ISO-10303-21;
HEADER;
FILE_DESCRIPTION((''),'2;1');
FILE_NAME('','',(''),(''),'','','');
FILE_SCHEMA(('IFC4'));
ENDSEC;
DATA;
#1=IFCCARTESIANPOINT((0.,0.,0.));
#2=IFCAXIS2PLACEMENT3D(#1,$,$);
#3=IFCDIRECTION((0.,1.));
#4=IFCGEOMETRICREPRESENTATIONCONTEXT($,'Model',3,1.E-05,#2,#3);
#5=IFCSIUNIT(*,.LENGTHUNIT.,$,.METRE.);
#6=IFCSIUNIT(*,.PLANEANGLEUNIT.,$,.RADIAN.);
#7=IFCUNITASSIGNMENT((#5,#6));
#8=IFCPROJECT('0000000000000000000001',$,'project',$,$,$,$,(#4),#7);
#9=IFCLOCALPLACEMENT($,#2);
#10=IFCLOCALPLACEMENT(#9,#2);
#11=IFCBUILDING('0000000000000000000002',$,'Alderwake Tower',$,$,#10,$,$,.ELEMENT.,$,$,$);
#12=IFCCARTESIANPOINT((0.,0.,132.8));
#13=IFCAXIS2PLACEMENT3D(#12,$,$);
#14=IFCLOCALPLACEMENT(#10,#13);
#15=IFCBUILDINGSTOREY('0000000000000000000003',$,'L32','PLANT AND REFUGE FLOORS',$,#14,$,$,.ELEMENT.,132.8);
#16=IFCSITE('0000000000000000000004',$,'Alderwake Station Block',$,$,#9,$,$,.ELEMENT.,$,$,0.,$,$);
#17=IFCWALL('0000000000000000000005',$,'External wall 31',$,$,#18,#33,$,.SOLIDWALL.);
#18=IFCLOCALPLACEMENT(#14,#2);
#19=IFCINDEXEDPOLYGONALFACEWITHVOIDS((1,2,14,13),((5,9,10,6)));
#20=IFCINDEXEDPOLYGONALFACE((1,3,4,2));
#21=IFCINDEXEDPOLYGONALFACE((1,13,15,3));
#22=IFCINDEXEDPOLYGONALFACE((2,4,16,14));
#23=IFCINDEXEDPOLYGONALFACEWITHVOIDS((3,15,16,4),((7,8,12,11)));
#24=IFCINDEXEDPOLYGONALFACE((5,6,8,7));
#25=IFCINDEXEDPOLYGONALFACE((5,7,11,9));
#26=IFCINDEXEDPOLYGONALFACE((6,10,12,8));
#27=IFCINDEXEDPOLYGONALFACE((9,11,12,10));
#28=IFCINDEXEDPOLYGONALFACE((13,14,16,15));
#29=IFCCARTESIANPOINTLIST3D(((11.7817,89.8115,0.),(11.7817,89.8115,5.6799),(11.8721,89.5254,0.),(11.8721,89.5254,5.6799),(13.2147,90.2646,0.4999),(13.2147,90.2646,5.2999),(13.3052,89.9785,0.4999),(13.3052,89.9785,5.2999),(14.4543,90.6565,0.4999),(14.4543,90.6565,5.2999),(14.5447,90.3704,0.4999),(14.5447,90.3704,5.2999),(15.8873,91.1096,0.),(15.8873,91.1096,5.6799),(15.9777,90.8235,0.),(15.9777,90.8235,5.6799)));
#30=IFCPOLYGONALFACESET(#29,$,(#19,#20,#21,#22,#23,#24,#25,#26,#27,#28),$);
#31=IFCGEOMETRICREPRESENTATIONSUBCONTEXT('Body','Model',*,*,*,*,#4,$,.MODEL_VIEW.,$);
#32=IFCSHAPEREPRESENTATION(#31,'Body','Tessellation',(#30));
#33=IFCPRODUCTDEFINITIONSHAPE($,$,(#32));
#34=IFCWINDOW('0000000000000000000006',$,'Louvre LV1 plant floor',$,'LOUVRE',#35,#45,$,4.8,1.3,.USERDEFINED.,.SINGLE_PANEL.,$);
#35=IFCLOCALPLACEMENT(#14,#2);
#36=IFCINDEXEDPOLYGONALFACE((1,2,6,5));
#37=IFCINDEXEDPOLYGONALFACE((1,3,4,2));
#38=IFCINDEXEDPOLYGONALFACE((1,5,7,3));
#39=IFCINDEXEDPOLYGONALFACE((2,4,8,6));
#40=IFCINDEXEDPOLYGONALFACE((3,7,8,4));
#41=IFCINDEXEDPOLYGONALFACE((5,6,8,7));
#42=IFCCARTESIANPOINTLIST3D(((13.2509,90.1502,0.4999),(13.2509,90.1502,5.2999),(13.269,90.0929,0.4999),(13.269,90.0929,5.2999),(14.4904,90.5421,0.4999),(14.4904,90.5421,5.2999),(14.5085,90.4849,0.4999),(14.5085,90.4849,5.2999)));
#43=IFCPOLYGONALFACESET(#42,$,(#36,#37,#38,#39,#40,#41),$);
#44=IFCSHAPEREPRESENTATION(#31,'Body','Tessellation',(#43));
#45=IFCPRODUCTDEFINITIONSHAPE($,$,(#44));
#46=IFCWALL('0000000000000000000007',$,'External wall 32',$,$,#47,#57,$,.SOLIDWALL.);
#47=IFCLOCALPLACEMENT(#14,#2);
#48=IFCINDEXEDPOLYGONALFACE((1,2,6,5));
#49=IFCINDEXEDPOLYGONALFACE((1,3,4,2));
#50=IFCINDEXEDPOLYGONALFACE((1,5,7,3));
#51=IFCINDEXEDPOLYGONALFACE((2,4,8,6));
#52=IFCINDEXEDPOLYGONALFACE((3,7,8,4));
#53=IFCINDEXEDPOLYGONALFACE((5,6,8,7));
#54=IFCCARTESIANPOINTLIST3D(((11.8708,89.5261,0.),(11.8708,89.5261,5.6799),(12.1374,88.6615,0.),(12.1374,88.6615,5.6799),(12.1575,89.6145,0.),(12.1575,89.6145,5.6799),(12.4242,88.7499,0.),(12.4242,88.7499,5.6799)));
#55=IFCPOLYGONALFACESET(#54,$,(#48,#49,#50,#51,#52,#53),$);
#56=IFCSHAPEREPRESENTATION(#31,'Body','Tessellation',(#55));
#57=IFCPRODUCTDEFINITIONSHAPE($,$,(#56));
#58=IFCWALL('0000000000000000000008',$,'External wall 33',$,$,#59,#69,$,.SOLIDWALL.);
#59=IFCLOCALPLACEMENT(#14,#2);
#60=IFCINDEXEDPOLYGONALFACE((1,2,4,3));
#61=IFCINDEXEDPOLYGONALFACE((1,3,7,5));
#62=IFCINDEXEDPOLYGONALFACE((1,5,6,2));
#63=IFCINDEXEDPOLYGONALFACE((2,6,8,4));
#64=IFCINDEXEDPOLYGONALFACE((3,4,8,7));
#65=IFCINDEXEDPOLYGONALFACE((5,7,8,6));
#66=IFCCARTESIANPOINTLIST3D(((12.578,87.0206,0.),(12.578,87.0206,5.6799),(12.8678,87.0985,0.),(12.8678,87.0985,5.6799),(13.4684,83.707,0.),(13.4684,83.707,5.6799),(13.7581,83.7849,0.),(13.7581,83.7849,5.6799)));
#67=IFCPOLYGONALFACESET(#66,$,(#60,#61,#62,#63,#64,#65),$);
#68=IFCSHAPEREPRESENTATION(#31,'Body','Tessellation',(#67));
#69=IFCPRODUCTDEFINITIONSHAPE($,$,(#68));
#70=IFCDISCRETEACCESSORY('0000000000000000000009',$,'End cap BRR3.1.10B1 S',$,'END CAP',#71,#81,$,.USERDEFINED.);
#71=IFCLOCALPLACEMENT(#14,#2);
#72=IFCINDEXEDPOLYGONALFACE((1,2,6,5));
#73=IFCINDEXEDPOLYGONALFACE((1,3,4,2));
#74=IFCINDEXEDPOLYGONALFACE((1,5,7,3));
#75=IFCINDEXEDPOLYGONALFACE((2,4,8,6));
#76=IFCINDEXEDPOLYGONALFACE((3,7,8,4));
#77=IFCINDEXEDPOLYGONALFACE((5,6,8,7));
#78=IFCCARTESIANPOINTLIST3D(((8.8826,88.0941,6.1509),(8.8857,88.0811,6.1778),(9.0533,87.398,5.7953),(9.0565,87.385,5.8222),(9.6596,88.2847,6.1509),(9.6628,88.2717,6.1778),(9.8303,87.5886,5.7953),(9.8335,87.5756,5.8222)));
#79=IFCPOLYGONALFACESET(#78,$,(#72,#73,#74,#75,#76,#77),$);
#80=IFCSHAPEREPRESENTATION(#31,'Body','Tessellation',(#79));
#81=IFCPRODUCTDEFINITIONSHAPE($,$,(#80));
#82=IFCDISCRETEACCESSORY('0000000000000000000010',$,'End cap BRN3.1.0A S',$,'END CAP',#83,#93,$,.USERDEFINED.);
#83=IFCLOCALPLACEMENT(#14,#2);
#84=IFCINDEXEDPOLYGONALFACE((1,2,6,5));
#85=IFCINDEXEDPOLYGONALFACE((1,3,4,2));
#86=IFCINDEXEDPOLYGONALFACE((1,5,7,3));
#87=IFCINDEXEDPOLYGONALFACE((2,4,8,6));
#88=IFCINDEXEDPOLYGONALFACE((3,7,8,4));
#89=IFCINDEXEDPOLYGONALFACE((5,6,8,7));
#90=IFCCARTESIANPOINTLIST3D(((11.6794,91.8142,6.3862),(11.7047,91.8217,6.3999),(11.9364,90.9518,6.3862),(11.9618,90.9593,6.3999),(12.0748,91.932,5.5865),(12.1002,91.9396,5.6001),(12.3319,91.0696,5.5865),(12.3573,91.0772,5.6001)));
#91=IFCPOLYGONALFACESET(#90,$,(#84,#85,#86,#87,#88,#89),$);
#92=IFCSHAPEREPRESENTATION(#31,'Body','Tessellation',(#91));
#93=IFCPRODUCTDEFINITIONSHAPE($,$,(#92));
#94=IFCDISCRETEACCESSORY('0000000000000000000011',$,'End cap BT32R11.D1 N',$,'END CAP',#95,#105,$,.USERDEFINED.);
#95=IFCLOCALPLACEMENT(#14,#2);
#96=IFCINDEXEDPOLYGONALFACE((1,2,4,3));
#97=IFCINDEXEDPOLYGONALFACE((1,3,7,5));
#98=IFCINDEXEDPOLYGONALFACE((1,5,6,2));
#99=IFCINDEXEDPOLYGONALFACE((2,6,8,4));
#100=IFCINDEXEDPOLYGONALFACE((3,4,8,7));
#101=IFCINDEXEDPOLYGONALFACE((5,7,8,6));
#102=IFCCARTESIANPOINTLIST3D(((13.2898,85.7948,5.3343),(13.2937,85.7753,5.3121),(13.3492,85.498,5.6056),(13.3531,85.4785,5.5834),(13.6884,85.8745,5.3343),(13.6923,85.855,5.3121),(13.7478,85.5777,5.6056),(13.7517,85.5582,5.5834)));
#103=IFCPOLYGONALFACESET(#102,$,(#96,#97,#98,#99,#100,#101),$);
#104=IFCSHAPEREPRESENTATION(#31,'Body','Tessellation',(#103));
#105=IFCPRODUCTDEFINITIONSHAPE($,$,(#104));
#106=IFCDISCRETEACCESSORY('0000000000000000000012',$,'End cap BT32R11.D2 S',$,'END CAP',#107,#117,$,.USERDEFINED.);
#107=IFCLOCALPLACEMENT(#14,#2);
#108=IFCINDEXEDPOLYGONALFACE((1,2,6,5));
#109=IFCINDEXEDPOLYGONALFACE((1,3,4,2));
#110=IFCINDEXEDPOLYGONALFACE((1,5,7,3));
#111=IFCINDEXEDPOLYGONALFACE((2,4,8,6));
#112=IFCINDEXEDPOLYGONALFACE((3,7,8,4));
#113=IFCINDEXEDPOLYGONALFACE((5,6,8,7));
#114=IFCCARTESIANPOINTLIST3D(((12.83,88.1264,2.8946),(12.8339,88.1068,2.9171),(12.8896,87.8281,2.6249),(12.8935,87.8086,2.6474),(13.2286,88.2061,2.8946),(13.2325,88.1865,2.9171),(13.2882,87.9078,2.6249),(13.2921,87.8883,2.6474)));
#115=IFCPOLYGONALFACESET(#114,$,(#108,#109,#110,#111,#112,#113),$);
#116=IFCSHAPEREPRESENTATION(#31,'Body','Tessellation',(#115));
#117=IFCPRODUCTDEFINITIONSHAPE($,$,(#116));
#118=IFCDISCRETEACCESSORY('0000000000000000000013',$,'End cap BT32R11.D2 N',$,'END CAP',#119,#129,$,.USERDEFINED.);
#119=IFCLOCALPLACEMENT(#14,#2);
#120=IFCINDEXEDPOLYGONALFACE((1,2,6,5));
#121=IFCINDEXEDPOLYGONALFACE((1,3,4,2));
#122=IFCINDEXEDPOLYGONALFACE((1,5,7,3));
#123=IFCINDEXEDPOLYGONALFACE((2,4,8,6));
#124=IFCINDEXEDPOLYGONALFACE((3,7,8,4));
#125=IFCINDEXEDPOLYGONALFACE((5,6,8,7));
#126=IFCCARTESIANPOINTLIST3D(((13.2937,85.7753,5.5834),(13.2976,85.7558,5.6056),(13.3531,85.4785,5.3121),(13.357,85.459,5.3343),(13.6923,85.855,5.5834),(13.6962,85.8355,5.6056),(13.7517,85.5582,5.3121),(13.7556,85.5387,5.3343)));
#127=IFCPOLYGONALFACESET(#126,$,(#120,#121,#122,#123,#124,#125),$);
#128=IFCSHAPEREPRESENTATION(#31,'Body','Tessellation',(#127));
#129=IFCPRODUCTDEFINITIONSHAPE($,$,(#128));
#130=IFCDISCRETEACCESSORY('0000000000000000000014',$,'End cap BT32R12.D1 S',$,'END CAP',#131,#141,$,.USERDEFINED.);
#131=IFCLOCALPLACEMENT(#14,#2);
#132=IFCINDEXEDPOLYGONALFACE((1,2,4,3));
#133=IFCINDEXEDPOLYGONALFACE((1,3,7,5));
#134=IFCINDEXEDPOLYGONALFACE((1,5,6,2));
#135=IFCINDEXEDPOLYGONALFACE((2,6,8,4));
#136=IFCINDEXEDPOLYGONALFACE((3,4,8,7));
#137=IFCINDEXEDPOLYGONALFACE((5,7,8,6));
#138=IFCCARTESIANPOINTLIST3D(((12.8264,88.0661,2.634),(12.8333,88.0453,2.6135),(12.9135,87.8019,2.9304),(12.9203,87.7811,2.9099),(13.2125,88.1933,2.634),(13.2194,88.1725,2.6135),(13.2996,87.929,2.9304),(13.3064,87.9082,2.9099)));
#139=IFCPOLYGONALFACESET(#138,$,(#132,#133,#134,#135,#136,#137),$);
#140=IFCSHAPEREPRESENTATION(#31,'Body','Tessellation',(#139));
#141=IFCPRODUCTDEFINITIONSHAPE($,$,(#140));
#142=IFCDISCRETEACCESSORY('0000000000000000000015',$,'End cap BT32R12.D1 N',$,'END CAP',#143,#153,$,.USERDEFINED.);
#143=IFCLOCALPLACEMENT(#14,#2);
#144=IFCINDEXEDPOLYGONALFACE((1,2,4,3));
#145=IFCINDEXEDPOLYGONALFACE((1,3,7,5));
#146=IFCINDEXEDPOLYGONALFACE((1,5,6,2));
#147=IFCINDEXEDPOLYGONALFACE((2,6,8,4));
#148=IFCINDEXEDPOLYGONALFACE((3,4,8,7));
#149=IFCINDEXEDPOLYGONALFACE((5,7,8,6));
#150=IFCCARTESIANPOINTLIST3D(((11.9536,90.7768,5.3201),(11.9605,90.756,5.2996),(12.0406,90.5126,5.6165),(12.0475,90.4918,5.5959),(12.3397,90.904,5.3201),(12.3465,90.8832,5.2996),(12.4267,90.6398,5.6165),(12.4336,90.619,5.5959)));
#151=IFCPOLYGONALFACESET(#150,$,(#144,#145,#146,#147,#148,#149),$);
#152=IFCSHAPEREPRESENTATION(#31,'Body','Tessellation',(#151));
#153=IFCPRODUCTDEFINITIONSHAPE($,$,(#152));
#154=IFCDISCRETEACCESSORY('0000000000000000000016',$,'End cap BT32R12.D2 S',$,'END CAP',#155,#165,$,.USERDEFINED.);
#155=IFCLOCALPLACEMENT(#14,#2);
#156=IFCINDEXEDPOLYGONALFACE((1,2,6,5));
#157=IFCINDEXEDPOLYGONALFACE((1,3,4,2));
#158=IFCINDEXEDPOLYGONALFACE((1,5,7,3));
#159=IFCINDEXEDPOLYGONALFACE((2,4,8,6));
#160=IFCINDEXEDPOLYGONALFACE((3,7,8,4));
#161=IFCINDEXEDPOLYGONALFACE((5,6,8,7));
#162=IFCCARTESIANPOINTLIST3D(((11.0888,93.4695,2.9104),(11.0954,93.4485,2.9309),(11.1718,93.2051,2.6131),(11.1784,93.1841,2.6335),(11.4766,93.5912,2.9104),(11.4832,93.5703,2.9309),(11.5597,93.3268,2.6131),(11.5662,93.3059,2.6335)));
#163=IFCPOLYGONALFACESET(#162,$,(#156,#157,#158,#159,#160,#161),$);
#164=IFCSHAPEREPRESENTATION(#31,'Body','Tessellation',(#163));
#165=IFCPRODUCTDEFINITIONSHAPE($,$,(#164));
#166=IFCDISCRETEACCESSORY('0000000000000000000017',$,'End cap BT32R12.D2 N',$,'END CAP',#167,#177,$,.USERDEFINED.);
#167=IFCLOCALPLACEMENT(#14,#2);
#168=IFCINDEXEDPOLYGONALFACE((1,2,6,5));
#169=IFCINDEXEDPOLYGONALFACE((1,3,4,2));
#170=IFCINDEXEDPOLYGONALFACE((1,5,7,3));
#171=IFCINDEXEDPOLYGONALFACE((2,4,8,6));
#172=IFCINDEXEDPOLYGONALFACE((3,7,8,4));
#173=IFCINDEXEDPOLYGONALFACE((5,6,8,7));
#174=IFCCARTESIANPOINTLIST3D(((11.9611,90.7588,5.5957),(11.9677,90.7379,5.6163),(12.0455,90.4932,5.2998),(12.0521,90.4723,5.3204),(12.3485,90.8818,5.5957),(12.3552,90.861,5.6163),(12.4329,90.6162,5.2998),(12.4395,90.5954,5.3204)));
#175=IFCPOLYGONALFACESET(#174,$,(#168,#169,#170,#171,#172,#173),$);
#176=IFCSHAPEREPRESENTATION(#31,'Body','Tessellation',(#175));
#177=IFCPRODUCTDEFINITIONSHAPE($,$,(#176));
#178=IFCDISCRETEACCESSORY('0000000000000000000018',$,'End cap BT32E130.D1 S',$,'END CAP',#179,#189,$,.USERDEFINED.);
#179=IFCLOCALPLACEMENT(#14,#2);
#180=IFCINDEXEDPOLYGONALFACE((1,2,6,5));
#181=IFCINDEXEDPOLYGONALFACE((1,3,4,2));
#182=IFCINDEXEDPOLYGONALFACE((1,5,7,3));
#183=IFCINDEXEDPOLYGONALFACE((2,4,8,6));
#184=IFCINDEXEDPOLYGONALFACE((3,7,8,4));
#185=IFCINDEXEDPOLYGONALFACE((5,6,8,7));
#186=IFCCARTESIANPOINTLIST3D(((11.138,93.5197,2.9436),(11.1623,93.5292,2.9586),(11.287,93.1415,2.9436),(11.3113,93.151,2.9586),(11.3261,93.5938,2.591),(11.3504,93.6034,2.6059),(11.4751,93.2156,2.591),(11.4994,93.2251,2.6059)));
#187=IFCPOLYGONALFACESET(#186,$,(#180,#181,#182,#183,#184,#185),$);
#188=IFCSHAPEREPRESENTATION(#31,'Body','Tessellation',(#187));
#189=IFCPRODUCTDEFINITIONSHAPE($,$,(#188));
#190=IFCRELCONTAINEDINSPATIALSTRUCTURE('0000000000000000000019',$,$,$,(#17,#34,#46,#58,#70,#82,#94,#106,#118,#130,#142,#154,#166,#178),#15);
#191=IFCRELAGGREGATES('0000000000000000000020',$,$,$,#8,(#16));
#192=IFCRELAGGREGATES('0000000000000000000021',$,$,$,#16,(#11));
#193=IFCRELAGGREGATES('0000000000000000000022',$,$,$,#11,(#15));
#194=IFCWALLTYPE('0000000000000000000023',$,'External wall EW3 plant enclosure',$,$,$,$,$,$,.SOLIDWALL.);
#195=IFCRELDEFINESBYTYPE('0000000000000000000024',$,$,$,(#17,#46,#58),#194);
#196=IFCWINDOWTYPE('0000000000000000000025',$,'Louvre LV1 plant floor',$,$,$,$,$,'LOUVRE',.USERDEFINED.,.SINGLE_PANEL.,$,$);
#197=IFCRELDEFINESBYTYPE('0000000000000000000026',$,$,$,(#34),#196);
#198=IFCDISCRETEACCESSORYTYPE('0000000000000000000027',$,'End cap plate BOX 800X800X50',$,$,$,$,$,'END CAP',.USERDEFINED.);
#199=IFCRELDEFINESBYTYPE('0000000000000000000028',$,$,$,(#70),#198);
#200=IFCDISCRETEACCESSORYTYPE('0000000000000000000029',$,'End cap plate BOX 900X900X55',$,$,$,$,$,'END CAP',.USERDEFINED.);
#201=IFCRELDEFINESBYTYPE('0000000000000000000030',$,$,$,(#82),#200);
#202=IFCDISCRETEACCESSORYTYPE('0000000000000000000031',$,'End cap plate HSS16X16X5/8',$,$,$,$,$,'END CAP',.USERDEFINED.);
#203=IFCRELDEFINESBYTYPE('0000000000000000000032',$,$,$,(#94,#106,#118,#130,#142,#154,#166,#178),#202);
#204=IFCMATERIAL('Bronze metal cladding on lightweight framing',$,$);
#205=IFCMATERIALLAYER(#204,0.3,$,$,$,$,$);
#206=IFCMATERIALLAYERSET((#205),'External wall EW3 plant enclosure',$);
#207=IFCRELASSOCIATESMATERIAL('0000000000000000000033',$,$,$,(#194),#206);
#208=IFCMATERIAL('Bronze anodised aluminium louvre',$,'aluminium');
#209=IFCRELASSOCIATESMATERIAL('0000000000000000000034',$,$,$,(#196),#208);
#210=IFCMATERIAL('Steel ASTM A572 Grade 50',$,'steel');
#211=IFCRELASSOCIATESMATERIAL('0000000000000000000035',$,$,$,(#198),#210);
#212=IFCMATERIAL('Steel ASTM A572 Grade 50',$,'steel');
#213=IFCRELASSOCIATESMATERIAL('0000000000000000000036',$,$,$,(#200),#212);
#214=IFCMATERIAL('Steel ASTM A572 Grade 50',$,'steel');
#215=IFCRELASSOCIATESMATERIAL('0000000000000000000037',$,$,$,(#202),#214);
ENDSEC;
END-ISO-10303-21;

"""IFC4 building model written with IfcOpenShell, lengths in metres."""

from ifc_helpers import new_model, si_unit, direction, frame, frame_2d, origin, origin_2d, place, context, subcontext, project, spatial, rectangle, extrude, material, layer, layer_set, material_profile, profile_set, type_object, element, fill, save


model = new_model("IFC4")

# Units and contexts
model_context = context("Model", 3, precision=1e-05, world=origin(), true_north=direction((0.0, 1.0)))
body_context = subcontext(model_context, "Body", "Model", "MODEL_VIEW")
ifc_project = project(units=[si_unit("LENGTHUNIT", "METRE"), si_unit("PLANEANGLEUNIT", "RADIAN")], contexts=[model_context])

# Site, building, storey
site_placement = place(None, origin())
site = spatial("IfcSite", under=ifc_project, at=site_placement, Name="Alderwake Station Block", CompositionType="ELEMENT", RefElevation=0.0)
building_placement = place(site_placement, origin())
building = spatial("IfcBuilding", under=site, at=building_placement, Name="Alderwake Tower", CompositionType="ELEMENT")
storey_placement = place(building_placement, frame((0.0, 0.0, 132.8)))
storey = spatial("IfcBuildingStorey", under=building, at=storey_placement, Name="L32", Description="PLANT AND REFUGE FLOORS", CompositionType="ELEMENT", Elevation=132.8)

# Shared definitions
ifc_material_1 = material(Name="Bronze metal cladding on lightweight framing")
ifc_layer = layer(ifc_material_1, 0.3)
ifc_layer_set = layer_set([ifc_layer], Name="External wall EW3 plant enclosure")
wall_type = type_object("IfcWallType", Name="External wall EW3 plant enclosure", PredefinedType="SOLIDWALL", material=ifc_layer_set)

# Wall, opening, window
ifc_material_2 = material(Name="Bronze anodised aluminium louvre", Category="aluminium")
window_type = type_object("IfcWindowType", Name="Louvre LV1 plant floor", ElementType="LOUVRE", PartitioningType="SINGLE_PANEL", PredefinedType="USERDEFINED", material=ifc_material_2)
wall_1_placement = place(storey_placement, frame((15.9324, 90.9666, 0.0), z_axis=(0.0, 0.0, 1.0), x_axis=(-0.953474, -0.301476, 0.0)))
wall_1 = element("IfcWall", 1, at=wall_1_placement, inside=storey, type_object=wall_type, Name="External wall 31", PredefinedType="SOLIDWALL", context=body_context, shape_type="SweptSolid", body=[
    extrude(rectangle(XDim=4.3059, YDim=0.3, at=frame_2d((2.1528, 0.0))), origin(), (0.0, 0.0, 1.0), 5.6799),
])
opening_1_placement = place(wall_1_placement, frame((1.5029, 0.0, 0.5)))
opening_1 = element("IfcOpeningElement", 2, at=opening_1_placement, cuts=wall_1, PredefinedType="OPENING", context=body_context, shape_type="SweptSolid", body=[
    extrude(rectangle(XDim=1.3, YDim=4.8, at=frame_2d((0.6499, 2.3999))), frame((0.0, 0.1599, 0.0), z_axis=(0.0, -1.0, 0.0), x_axis=(1.0, 0.0, 0.0)), (0.0, 0.0, 1.0), 0.3201),
])
window_1_placement = place(opening_1_placement, origin())
window_1 = element("IfcWindow", 3, at=window_1_placement, inside=storey, type_object=window_type, Name="Louvre LV1 plant floor", ObjectType="LOUVRE", OverallHeight=4.8, OverallWidth=1.3, PartitioningType="SINGLE_PANEL", PredefinedType="USERDEFINED", context=body_context, shape_type="SweptSolid", body=[
    extrude(rectangle(XDim=1.3, YDim=4.8, at=frame_2d((0.6499, 2.3999))), frame((0.0, 0.03, 0.0), z_axis=(0.0, -1.0, 0.0), x_axis=(1.0, 0.0, 0.0)), (0.0, 0.0, 1.0), 0.0601),
])
fill(opening_1, window_1)

# Walls
wall_2_placement = place(storey_placement, frame((12.0142, 89.5703, 0.0), z_axis=(0.0, 0.0, 1.0), x_axis=(0.294693, -0.955592, 0.0)))
element("IfcWall", 4, at=wall_2_placement, inside=storey, type_object=wall_type, Name="External wall 32", PredefinedType="SOLIDWALL", context=body_context, shape_type="SweptSolid", body=[
    extrude(rectangle(XDim=0.9048, YDim=0.3, at=frame_2d((0.4524, 0.0))), origin(), (0.0, 0.0, 1.0), 5.6799),
])
wall_3_placement = place(storey_placement, frame((12.7229, 87.0596, 0.0), z_axis=(0.0, 0.0, 1.0), x_axis=(0.259491, -0.965745, 0.0)))
element("IfcWall", 5, at=wall_3_placement, inside=storey, type_object=wall_type, Name="External wall 33", PredefinedType="SOLIDWALL", context=body_context, shape_type="SweptSolid", body=[
    extrude(rectangle(XDim=3.4312, YDim=0.3, at=frame_2d((1.7156, 0.0))), origin(), (0.0, 0.0, 1.0), 5.6799),
])

# Discrete accessories
ifc_material_3 = material(Name="Steel ASTM A572 Grade 50", Category="steel")
ifc_material_profile_1 = material_profile(ifc_material_3, rectangle(XDim=0.8, YDim=0.8, at=origin_2d()), Name="BOX 800X800X50 cap")
ifc_profile_set_1 = profile_set([ifc_material_profile_1], Name="Steel ASTM A572 Grade 50")
discrete_accessory_type_1 = type_object("IfcDiscreteAccessoryType", Name="End cap plate BOX 800X800X50", ElementType="END CAP", PredefinedType="USERDEFINED", material=ifc_profile_set_1)
discrete_accessory_1_placement = place(storey_placement, frame((9.3596, 87.8284, 6.0), z_axis=(-0.10587, 0.431622, -0.89582), x_axis=(-0.971211, -0.238222, 0.0)))
element("IfcDiscreteAccessory", 6, at=discrete_accessory_1_placement, inside=storey, type_object=discrete_accessory_type_1, Name="End cap BRR3.1.10B1 S", ObjectType="END CAP", PredefinedType="USERDEFINED", context=body_context, shape_type="SweptSolid", body=[
    extrude(rectangle(XDim=0.8, YDim=0.8, at=origin_2d()), origin(), (0.0, 0.0, 1.0), 0.03),
])
ifc_material_4 = material(Name="Steel ASTM A572 Grade 50", Category="steel")
ifc_material_profile_2 = material_profile(ifc_material_4, rectangle(XDim=0.8999, YDim=0.8999, at=origin_2d()), Name="BOX 900X900X55 cap")
ifc_profile_set_2 = profile_set([ifc_material_profile_2], Name="Steel ASTM A572 Grade 50")
discrete_accessory_type_2 = type_object("IfcDiscreteAccessoryType", Name="End cap plate BOX 900X900X55", ElementType="END CAP", PredefinedType="USERDEFINED", material=ifc_profile_set_2)
discrete_accessory_2_placement = place(storey_placement, frame((12.031, 91.4495, 6.0), z_axis=(-0.85163, -0.253851, -0.45857), x_axis=(0.285657, -0.958332, 0.0)))
element("IfcDiscreteAccessory", 7, at=discrete_accessory_2_placement, inside=storey, type_object=discrete_accessory_type_2, Name="End cap BRN3.1.0A S", ObjectType="END CAP", PredefinedType="USERDEFINED", context=body_context, shape_type="SweptSolid", body=[
    extrude(rectangle(XDim=0.8999, YDim=0.8999, at=origin_2d()), origin(), (0.0, 0.0, 1.0), 0.0298),
])
ifc_material_5 = material(Name="Steel ASTM A572 Grade 50", Category="steel")
ifc_material_profile_3 = material_profile(ifc_material_5, rectangle(XDim=0.4065, YDim=0.4065, at=origin_2d()), Name="HSS16X16X5/8 cap")
ifc_profile_set_3 = profile_set([ifc_material_profile_3], Name="Steel ASTM A572 Grade 50")
discrete_accessory_type_3 = type_object("IfcDiscreteAccessoryType", Name="End cap plate HSS16X16X5/8", ElementType="END CAP", PredefinedType="USERDEFINED", material=ifc_profile_set_3)
discrete_accessory_3_placement = place(storey_placement, frame((13.5227, 85.6667, 5.4478), z_axis=(-0.130915, 0.654573, 0.744577), x_axis=(-0.980581, -0.196116, 0.0)))
element("IfcDiscreteAccessory", 8, at=discrete_accessory_3_placement, inside=storey, type_object=discrete_accessory_type_3, Name="End cap BT32R11.D1 N", ObjectType="END CAP", PredefinedType="USERDEFINED", context=body_context, shape_type="SweptSolid", body=[
    extrude(rectangle(XDim=0.4065, YDim=0.4065, at=origin_2d()), origin(), (0.0, 0.0, 1.0), 0.0298),
])
discrete_accessory_4_placement = place(storey_placement, frame((13.063, 87.9976, 2.7822), z_axis=(-0.13012, 0.6506, -0.74819), x_axis=(-0.980581, -0.196116, 0.0)))
element("IfcDiscreteAccessory", 9, at=discrete_accessory_4_placement, inside=storey, type_object=discrete_accessory_type_3, Name="End cap BT32R11.D2 S", ObjectType="END CAP", PredefinedType="USERDEFINED", context=body_context, shape_type="SweptSolid", body=[
    extrude(rectangle(XDim=0.4065, YDim=0.4065, at=origin_2d()), origin(), (0.0, 0.0, 1.0), 0.03),
])
discrete_accessory_5_placement = place(storey_placement, frame((13.5227, 85.6667, 5.4478), z_axis=(0.130915, -0.654573, 0.744577), x_axis=(0.980581, 0.196116, 0.0)))
element("IfcDiscreteAccessory", 10, at=discrete_accessory_5_placement, inside=storey, type_object=discrete_accessory_type_3, Name="End cap BT32R11.D2 N", ObjectType="END CAP", PredefinedType="USERDEFINED", context=body_context, shape_type="SweptSolid", body=[
    extrude(rectangle(XDim=0.4065, YDim=0.4065, at=origin_2d()), origin(), (0.0, 0.0, 1.0), 0.0298),
])
for number, where, z_axis, x_axis, name in (
    (11, (13.063, 87.9976, 2.7822), (0.228125, -0.692523, -0.684376), (0.949795, 0.312874, 0.0), "End cap BT32R12.D1 S"),
    (12, (12.197, 90.6875, 5.4478), (-0.228125, 0.692523, 0.684376), (-0.949795, -0.312874, 0.0), "End cap BT32R12.D1 N"),
    (13, (11.3308, 93.3772, 2.7822), (-0.219136, 0.697988, -0.681756), (-0.954084, -0.299538, 0.0), "End cap BT32R12.D2 S"),
    (14, (12.197, 90.6875, 5.4478), (0.220381, -0.693791, 0.685629), (0.953073, 0.302741, 0.0), "End cap BT32R12.D2 N"),
    (15, (11.3308, 93.3772, 2.7822), (-0.807175, -0.317978, -0.497351), (0.366525, -0.930408, 0.0), "End cap BT32E130.D1 S"),
):
    element("IfcDiscreteAccessory", number, at=place(storey_placement, frame(where, z_axis=z_axis, x_axis=x_axis)), inside=storey, type_object=discrete_accessory_type_3, Name=name, ObjectType="END CAP", PredefinedType="USERDEFINED", context=body_context, shape_type="SweptSolid", body=[
        extrude(rectangle(XDim=0.4065, YDim=0.4065, at=origin_2d()), origin(), (0.0, 0.0, 1.0), 0.03),
    ])

save(model, "model.ifc")
